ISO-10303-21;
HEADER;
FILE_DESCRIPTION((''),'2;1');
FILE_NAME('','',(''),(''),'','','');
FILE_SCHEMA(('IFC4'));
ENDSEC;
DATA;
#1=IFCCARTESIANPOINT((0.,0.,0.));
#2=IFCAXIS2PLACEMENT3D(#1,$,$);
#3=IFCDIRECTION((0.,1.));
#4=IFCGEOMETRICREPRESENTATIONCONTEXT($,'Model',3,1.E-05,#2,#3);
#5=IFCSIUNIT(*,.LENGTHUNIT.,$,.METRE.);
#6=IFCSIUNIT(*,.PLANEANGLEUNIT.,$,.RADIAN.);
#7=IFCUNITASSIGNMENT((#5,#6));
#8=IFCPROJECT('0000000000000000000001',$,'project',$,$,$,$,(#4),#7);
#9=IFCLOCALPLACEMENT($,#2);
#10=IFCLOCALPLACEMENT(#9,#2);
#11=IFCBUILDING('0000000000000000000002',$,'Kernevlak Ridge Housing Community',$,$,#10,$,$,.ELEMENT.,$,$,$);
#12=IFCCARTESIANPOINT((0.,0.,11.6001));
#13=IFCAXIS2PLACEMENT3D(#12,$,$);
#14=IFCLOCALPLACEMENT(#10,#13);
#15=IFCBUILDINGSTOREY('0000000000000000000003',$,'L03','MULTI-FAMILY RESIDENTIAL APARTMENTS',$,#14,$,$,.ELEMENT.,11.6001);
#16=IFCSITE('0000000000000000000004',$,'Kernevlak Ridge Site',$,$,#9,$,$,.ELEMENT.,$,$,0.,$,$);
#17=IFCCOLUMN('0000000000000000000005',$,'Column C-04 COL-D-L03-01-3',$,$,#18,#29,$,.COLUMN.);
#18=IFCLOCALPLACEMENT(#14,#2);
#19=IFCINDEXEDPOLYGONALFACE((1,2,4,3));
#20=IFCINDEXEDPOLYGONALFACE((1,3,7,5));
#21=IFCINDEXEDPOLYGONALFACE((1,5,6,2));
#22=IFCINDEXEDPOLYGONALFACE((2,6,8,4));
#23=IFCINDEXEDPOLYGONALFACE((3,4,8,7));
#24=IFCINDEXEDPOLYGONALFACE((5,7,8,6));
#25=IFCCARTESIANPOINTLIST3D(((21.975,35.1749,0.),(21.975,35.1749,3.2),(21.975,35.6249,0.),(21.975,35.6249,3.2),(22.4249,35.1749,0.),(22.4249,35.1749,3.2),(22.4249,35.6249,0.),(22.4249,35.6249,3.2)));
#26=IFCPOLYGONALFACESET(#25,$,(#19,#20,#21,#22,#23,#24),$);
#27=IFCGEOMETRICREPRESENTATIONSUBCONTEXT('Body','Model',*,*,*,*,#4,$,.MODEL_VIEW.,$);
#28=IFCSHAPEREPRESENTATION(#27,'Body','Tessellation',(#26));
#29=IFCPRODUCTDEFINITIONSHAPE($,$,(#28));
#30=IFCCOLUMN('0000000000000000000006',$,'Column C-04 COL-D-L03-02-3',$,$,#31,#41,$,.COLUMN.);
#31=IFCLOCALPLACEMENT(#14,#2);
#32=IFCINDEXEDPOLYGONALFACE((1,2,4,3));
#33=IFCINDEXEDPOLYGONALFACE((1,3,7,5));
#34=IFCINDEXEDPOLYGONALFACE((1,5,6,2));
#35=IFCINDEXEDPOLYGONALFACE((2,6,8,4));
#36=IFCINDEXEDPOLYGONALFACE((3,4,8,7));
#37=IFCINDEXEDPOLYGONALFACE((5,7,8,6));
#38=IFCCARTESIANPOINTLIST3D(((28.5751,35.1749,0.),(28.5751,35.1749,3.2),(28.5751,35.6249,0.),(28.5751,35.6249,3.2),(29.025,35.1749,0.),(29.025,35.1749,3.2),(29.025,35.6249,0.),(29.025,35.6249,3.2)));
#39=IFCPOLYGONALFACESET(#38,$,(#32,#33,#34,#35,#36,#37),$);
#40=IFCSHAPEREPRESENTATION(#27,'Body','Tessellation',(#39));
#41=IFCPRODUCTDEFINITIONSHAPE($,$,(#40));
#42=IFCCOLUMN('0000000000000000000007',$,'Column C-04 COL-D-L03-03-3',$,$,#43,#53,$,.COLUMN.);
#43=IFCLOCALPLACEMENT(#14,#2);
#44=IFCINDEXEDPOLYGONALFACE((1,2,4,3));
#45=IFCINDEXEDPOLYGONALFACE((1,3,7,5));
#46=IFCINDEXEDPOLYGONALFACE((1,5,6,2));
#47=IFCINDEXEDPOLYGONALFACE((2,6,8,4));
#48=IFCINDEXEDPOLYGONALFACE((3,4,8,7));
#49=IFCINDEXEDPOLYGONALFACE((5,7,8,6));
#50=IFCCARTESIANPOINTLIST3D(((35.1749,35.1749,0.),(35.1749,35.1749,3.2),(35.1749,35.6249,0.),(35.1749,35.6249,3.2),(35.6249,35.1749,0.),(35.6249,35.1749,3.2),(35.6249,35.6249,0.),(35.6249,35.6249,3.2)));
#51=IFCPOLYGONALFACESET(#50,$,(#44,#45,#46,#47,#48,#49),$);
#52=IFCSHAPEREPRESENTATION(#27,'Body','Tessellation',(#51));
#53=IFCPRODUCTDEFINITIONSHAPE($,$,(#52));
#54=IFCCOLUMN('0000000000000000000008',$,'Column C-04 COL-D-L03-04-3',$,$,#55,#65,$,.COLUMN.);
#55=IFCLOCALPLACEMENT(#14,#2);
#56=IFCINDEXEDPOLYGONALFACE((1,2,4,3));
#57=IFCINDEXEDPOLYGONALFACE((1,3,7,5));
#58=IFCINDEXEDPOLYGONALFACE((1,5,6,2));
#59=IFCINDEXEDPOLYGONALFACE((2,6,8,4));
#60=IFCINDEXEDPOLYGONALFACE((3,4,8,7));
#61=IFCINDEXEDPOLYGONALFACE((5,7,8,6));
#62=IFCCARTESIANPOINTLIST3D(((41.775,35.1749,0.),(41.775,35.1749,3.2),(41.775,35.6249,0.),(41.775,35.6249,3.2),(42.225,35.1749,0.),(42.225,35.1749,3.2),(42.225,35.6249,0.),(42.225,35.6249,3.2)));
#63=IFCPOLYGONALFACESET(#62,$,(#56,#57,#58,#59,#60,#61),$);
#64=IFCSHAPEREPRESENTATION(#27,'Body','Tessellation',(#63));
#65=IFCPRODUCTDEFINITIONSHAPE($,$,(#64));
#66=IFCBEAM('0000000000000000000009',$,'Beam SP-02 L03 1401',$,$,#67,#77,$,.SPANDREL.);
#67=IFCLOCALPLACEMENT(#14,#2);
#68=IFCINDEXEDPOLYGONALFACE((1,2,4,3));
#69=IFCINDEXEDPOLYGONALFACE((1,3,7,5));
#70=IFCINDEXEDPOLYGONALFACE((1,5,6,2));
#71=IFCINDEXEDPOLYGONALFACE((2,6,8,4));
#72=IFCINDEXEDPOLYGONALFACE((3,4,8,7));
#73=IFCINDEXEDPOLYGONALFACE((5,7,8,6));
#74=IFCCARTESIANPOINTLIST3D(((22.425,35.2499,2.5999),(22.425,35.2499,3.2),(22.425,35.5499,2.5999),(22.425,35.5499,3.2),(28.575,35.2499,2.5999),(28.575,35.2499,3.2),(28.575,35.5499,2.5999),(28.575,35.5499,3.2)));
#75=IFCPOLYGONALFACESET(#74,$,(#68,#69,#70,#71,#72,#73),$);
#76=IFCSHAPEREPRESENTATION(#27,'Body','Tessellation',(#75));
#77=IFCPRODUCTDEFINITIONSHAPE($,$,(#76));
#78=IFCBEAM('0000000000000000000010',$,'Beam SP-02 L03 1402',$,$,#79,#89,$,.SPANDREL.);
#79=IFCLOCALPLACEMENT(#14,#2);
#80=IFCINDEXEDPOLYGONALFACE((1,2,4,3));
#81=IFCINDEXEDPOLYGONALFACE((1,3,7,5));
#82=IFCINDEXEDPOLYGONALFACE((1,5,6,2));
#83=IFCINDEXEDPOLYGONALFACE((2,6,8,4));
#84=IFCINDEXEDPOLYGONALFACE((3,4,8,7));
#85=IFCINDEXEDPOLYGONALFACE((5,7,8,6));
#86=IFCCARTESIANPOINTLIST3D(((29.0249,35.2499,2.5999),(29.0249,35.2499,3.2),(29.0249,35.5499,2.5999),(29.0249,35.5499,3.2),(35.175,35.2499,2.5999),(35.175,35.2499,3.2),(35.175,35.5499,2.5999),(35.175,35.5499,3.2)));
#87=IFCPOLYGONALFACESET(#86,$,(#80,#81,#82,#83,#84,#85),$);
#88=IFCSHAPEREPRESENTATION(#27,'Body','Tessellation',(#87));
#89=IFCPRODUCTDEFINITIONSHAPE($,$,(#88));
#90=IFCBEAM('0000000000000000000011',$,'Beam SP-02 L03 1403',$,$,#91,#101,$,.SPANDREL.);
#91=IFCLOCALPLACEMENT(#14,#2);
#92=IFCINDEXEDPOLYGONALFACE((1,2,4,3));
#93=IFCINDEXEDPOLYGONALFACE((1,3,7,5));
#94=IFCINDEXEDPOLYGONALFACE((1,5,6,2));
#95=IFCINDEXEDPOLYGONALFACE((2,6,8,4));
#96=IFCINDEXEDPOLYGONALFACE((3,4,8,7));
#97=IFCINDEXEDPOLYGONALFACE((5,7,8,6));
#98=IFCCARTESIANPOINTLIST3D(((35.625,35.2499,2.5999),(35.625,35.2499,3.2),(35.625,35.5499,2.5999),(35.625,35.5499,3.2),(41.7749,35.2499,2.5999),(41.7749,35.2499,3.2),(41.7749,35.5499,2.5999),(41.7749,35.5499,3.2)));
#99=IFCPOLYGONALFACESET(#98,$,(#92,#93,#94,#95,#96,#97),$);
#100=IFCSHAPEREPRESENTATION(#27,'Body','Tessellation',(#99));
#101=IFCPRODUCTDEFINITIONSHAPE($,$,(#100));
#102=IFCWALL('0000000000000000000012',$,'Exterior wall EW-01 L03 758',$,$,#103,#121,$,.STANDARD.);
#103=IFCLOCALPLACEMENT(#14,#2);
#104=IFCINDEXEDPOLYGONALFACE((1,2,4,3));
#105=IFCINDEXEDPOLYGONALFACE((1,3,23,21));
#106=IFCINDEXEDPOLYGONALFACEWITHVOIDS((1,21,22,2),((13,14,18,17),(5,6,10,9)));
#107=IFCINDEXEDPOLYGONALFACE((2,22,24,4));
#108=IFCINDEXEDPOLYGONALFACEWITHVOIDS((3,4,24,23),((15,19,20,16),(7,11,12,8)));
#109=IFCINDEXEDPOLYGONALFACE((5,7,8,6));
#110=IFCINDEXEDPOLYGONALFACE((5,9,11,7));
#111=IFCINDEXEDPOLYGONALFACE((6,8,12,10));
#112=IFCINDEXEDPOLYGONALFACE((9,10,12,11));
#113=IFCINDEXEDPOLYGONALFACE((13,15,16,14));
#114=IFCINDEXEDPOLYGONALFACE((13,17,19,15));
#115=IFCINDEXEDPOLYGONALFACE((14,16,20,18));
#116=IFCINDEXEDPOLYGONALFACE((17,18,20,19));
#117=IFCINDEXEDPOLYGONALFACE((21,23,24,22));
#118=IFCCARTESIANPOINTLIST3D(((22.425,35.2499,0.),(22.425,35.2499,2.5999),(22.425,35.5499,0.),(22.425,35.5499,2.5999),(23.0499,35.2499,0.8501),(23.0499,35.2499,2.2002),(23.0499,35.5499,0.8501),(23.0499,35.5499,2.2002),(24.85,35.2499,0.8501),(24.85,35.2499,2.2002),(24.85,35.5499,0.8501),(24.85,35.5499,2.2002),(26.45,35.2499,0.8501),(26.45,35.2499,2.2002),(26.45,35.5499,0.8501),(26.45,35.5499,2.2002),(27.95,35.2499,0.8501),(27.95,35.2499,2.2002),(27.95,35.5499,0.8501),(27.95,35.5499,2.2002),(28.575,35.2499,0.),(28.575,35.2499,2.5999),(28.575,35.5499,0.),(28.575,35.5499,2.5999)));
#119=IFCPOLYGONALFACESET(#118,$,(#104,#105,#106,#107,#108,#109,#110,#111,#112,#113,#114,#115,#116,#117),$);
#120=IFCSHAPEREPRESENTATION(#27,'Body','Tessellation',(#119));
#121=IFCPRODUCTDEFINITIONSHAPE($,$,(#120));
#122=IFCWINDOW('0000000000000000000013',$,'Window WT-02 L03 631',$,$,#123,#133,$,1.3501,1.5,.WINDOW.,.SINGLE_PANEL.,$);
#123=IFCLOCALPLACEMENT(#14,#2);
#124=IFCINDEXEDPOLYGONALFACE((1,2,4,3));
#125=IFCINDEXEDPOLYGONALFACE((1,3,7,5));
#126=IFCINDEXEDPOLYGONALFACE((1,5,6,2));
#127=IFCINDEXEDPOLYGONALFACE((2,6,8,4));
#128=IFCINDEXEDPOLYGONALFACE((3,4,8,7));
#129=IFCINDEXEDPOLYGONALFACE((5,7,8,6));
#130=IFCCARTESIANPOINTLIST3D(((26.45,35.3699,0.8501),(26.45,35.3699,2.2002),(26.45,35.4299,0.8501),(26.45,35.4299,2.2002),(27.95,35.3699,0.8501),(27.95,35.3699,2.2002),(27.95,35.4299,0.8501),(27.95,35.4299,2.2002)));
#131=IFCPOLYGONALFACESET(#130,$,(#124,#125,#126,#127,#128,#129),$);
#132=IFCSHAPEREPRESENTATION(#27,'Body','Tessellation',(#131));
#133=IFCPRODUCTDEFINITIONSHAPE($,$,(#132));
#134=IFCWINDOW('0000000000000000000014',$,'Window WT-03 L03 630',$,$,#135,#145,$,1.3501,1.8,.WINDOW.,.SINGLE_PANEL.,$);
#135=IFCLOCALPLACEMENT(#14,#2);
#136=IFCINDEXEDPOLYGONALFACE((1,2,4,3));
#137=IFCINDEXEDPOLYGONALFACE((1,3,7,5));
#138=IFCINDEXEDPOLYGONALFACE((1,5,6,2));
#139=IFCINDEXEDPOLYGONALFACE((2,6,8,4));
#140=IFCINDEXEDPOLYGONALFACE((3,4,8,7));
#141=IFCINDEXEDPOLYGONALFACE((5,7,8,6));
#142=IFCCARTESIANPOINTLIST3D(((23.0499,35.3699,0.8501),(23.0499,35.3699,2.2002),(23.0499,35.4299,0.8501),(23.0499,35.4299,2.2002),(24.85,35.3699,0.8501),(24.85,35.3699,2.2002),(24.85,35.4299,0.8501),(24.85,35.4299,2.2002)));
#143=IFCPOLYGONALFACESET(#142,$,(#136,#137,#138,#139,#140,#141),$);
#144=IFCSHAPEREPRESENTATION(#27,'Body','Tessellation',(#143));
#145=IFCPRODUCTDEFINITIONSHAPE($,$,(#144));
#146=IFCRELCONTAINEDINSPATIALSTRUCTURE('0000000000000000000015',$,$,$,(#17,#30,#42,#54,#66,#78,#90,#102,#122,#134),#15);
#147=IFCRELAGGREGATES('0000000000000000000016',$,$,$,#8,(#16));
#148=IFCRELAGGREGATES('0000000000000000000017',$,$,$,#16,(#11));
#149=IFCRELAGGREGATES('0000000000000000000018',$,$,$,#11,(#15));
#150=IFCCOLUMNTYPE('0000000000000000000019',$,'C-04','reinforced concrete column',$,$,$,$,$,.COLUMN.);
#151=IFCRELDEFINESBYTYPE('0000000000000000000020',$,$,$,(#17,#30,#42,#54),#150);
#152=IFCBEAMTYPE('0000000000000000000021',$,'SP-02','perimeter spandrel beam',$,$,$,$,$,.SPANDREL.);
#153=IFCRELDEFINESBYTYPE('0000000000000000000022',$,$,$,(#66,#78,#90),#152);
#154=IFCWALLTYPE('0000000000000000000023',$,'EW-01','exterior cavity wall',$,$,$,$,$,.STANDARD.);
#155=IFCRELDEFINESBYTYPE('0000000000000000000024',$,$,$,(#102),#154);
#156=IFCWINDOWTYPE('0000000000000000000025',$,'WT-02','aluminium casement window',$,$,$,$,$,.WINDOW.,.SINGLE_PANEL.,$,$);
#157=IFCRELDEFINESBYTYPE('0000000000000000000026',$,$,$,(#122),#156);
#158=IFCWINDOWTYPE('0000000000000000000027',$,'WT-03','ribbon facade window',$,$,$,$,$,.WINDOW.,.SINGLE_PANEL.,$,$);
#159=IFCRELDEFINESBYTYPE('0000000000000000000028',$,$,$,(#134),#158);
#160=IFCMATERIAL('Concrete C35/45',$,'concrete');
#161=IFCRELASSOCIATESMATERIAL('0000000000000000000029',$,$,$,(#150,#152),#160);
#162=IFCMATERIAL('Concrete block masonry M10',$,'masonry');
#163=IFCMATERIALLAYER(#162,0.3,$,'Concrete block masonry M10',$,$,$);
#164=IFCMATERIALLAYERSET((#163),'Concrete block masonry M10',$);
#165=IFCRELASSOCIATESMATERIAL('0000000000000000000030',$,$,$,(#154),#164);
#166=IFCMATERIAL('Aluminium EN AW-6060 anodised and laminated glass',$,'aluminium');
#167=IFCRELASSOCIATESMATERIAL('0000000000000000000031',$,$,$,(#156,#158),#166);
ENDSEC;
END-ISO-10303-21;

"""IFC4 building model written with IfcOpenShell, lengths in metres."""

from ifc_helpers import new_model, si_unit, direction, frame, frame_2d, origin, origin_2d, place, context, subcontext, project, spatial, rectangle, extrude, material, layer, layer_set, material_profile, profile_set, type_object, element, fill, save


model = new_model("IFC4")

# Units and contexts
model_context = context("Model", 3, precision=1e-05, world=origin(), true_north=direction((0.0, 1.0)))
body_context = subcontext(model_context, "Body", "Model", "MODEL_VIEW")
ifc_project = project(units=[si_unit("LENGTHUNIT", "METRE"), si_unit("PLANEANGLEUNIT", "RADIAN")], contexts=[model_context])

# Site, building, storey
site_placement = place(None, origin())
site = spatial("IfcSite", under=ifc_project, at=site_placement, Name="Kernevlak Ridge Site", CompositionType="ELEMENT", RefElevation=0.0)
building_placement = place(site_placement, origin())
building = spatial("IfcBuilding", under=site, at=building_placement, Name="Kernevlak Ridge Housing Community", CompositionType="ELEMENT")
storey_placement = place(building_placement, frame((0.0, 0.0, 11.6001)))
storey = spatial("IfcBuildingStorey", under=building, at=storey_placement, Name="L03", Description="MULTI-FAMILY RESIDENTIAL APARTMENTS", CompositionType="ELEMENT", Elevation=11.6001)

# Columns
ifc_material_1 = material(Name="Concrete C35/45", Category="concrete")
ifc_material_profile_1 = material_profile(ifc_material_1, rectangle(XDim=0.45, YDim=0.45, at=origin_2d()), Name="RC 450x450")
ifc_profile_set_1 = profile_set([ifc_material_profile_1], Name="Concrete C35/45")
column_type = type_object("IfcColumnType", Name="C-04", Description="reinforced concrete column", PredefinedType="COLUMN", material=ifc_profile_set_1)
for number, where, z_axis, x_axis, name in (
    (1, (22.2, 35.3999, 0.0), (0.0, 0.0, 1.0), (1.0, 0.0, 0.0), "Column C-04 COL-D-L03-01-3"),
    (2, (28.8, 35.3999, 0.0), (0.0, 0.0, 1.0), (1.0, 0.0, 0.0), "Column C-04 COL-D-L03-02-3"),
    (3, (35.3999, 35.3999, 0.0), (0.0, 0.0, 1.0), (1.0, 0.0, 0.0), "Column C-04 COL-D-L03-03-3"),
    (4, (42.0, 35.3999, 0.0), (0.0, 0.0, 1.0), (1.0, 0.0, 0.0), "Column C-04 COL-D-L03-04-3"),
):
    element("IfcColumn", number, at=place(storey_placement, frame(where, z_axis=z_axis, x_axis=x_axis)), inside=storey, type_object=column_type, Name=name, PredefinedType="COLUMN", context=body_context, shape_type="SweptSolid", body=[
        extrude(rectangle(XDim=0.45, YDim=0.45, at=origin_2d()), origin(), (0.0, 0.0, 1.0), 3.2),
    ])

# Beams
ifc_material_profile_2 = material_profile(ifc_material_1, rectangle(XDim=0.3, YDim=0.6001, at=origin_2d()), Name="RC 300x600")
ifc_profile_set_2 = profile_set([ifc_material_profile_2], Name="Concrete C35/45")
beam_type = type_object("IfcBeamType", Name="SP-02", Description="perimeter spandrel beam", PredefinedType="SPANDREL", material=ifc_profile_set_2)
beam_1_placement = place(storey_placement, frame((22.425, 35.3999, 2.8999), z_axis=(1.0, 0.0, 0.0), x_axis=(0.0, 1.0, 0.0)))
element("IfcBeam", 5, at=beam_1_placement, inside=storey, type_object=beam_type, Name="Beam SP-02 L03 1401", PredefinedType="SPANDREL", context=body_context, shape_type="SweptSolid", body=[
    extrude(rectangle(XDim=0.3, YDim=0.6001, at=origin_2d()), origin(), (0.0, 0.0, 1.0), 6.1499),
])
beam_2_placement = place(storey_placement, frame((29.0249, 35.3999, 2.8999), z_axis=(1.0, 0.0, 0.0), x_axis=(0.0, 1.0, 0.0)))
element("IfcBeam", 6, at=beam_2_placement, inside=storey, type_object=beam_type, Name="Beam SP-02 L03 1402", PredefinedType="SPANDREL", context=body_context, shape_type="SweptSolid", body=[
    extrude(rectangle(XDim=0.3, YDim=0.6001, at=origin_2d()), origin(), (0.0, 0.0, 1.0), 6.1501),
])
beam_3_placement = place(storey_placement, frame((35.625, 35.3999, 2.8999), z_axis=(1.0, 0.0, 0.0), x_axis=(0.0, 1.0, 0.0)))
element("IfcBeam", 7, at=beam_3_placement, inside=storey, type_object=beam_type, Name="Beam SP-02 L03 1403", PredefinedType="SPANDREL", context=body_context, shape_type="SweptSolid", body=[
    extrude(rectangle(XDim=0.3, YDim=0.6001, at=origin_2d()), origin(), (0.0, 0.0, 1.0), 6.1499),
])

# Wall, openings, windows
ifc_material_2 = material(Name="Concrete block masonry M10", Category="masonry")
ifc_layer_1 = layer(ifc_material_2, 0.3, Name="Concrete block masonry M10")
ifc_layer_set_1 = layer_set([ifc_layer_1], Name="Concrete block masonry M10")
wall_type = type_object("IfcWallType", Name="EW-01", Description="exterior cavity wall", PredefinedType="STANDARD", material=ifc_layer_set_1)
wall_1_placement = place(storey_placement, frame((22.425, 35.3999, 0.0), z_axis=(0.0, 0.0, 1.0), x_axis=(1.0, 0.0, 0.0)))
wall_1 = element("IfcWall", 8, at=wall_1_placement, inside=storey, type_object=wall_type, Name="Exterior wall EW-01 L03 758", PredefinedType="STANDARD", context=body_context, shape_type="SweptSolid", body=[
    extrude(rectangle(XDim=6.1499, YDim=0.3, at=frame_2d((3.075, 0.0))), origin(), (0.0, 0.0, 1.0), 2.5999),
])
opening_1_placement = place(wall_1_placement, frame((0.625, 0.0, 0.8501)))
opening_1 = element("IfcOpeningElement", 9, at=opening_1_placement, cuts=wall_1, PredefinedType="OPENING", context=body_context, shape_type="SweptSolid", body=[
    extrude(rectangle(XDim=1.8, YDim=1.3501, at=frame_2d((0.8999, 0.675))), frame((0.0, 0.1599, 0.0), z_axis=(0.0, -1.0, 0.0), x_axis=(1.0, 0.0, 0.0)), (0.0, 0.0, 1.0), 0.3201),
])
opening_2_placement = place(wall_1_placement, frame((4.0249, 0.0, 0.8501)))
opening_2 = element("IfcOpeningElement", 10, at=opening_2_placement, cuts=wall_1, PredefinedType="OPENING", context=body_context, shape_type="SweptSolid", body=[
    extrude(rectangle(XDim=1.5, YDim=1.3501, at=frame_2d((0.75, 0.675))), frame((0.0, 0.1599, 0.0), z_axis=(0.0, -1.0, 0.0), x_axis=(1.0, 0.0, 0.0)), (0.0, 0.0, 1.0), 0.3201),
])
ifc_material_3 = material(Name="Aluminium EN AW-6060 anodised and laminated glass", Category="aluminium")
window_type_1 = type_object("IfcWindowType", Name="WT-02", Description="aluminium casement window", PartitioningType="SINGLE_PANEL", PredefinedType="WINDOW", material=ifc_material_3)
window_1_placement = place(opening_2_placement, origin())
window_1 = element("IfcWindow", 11, at=window_1_placement, inside=storey, type_object=window_type_1, Name="Window WT-02 L03 631", OverallHeight=1.3501, OverallWidth=1.5, PartitioningType="SINGLE_PANEL", PredefinedType="WINDOW", context=body_context, shape_type="SweptSolid", body=[
    extrude(rectangle(XDim=1.5, YDim=1.3501, at=frame_2d((0.75, 0.675))), frame((0.0, 0.03, 0.0), z_axis=(0.0, -1.0, 0.0), x_axis=(1.0, 0.0, 0.0)), (0.0, 0.0, 1.0), 0.0601),
])
fill(opening_2, window_1)
window_type_2 = type_object("IfcWindowType", Name="WT-03", Description="ribbon facade window", PartitioningType="SINGLE_PANEL", PredefinedType="WINDOW", material=ifc_material_3)
window_2_placement = place(opening_1_placement, origin())
window_2 = element("IfcWindow", 12, at=window_2_placement, inside=storey, type_object=window_type_2, Name="Window WT-03 L03 630", OverallHeight=1.3501, OverallWidth=1.8, PartitioningType="SINGLE_PANEL", PredefinedType="WINDOW", context=body_context, shape_type="SweptSolid", body=[
    extrude(rectangle(XDim=1.8, YDim=1.3501, at=frame_2d((0.8999, 0.675))), frame((0.0, 0.03, 0.0), z_axis=(0.0, -1.0, 0.0), x_axis=(1.0, 0.0, 0.0)), (0.0, 0.0, 1.0), 0.0601),
])
fill(opening_1, window_2)

save(model, "model.ifc")
